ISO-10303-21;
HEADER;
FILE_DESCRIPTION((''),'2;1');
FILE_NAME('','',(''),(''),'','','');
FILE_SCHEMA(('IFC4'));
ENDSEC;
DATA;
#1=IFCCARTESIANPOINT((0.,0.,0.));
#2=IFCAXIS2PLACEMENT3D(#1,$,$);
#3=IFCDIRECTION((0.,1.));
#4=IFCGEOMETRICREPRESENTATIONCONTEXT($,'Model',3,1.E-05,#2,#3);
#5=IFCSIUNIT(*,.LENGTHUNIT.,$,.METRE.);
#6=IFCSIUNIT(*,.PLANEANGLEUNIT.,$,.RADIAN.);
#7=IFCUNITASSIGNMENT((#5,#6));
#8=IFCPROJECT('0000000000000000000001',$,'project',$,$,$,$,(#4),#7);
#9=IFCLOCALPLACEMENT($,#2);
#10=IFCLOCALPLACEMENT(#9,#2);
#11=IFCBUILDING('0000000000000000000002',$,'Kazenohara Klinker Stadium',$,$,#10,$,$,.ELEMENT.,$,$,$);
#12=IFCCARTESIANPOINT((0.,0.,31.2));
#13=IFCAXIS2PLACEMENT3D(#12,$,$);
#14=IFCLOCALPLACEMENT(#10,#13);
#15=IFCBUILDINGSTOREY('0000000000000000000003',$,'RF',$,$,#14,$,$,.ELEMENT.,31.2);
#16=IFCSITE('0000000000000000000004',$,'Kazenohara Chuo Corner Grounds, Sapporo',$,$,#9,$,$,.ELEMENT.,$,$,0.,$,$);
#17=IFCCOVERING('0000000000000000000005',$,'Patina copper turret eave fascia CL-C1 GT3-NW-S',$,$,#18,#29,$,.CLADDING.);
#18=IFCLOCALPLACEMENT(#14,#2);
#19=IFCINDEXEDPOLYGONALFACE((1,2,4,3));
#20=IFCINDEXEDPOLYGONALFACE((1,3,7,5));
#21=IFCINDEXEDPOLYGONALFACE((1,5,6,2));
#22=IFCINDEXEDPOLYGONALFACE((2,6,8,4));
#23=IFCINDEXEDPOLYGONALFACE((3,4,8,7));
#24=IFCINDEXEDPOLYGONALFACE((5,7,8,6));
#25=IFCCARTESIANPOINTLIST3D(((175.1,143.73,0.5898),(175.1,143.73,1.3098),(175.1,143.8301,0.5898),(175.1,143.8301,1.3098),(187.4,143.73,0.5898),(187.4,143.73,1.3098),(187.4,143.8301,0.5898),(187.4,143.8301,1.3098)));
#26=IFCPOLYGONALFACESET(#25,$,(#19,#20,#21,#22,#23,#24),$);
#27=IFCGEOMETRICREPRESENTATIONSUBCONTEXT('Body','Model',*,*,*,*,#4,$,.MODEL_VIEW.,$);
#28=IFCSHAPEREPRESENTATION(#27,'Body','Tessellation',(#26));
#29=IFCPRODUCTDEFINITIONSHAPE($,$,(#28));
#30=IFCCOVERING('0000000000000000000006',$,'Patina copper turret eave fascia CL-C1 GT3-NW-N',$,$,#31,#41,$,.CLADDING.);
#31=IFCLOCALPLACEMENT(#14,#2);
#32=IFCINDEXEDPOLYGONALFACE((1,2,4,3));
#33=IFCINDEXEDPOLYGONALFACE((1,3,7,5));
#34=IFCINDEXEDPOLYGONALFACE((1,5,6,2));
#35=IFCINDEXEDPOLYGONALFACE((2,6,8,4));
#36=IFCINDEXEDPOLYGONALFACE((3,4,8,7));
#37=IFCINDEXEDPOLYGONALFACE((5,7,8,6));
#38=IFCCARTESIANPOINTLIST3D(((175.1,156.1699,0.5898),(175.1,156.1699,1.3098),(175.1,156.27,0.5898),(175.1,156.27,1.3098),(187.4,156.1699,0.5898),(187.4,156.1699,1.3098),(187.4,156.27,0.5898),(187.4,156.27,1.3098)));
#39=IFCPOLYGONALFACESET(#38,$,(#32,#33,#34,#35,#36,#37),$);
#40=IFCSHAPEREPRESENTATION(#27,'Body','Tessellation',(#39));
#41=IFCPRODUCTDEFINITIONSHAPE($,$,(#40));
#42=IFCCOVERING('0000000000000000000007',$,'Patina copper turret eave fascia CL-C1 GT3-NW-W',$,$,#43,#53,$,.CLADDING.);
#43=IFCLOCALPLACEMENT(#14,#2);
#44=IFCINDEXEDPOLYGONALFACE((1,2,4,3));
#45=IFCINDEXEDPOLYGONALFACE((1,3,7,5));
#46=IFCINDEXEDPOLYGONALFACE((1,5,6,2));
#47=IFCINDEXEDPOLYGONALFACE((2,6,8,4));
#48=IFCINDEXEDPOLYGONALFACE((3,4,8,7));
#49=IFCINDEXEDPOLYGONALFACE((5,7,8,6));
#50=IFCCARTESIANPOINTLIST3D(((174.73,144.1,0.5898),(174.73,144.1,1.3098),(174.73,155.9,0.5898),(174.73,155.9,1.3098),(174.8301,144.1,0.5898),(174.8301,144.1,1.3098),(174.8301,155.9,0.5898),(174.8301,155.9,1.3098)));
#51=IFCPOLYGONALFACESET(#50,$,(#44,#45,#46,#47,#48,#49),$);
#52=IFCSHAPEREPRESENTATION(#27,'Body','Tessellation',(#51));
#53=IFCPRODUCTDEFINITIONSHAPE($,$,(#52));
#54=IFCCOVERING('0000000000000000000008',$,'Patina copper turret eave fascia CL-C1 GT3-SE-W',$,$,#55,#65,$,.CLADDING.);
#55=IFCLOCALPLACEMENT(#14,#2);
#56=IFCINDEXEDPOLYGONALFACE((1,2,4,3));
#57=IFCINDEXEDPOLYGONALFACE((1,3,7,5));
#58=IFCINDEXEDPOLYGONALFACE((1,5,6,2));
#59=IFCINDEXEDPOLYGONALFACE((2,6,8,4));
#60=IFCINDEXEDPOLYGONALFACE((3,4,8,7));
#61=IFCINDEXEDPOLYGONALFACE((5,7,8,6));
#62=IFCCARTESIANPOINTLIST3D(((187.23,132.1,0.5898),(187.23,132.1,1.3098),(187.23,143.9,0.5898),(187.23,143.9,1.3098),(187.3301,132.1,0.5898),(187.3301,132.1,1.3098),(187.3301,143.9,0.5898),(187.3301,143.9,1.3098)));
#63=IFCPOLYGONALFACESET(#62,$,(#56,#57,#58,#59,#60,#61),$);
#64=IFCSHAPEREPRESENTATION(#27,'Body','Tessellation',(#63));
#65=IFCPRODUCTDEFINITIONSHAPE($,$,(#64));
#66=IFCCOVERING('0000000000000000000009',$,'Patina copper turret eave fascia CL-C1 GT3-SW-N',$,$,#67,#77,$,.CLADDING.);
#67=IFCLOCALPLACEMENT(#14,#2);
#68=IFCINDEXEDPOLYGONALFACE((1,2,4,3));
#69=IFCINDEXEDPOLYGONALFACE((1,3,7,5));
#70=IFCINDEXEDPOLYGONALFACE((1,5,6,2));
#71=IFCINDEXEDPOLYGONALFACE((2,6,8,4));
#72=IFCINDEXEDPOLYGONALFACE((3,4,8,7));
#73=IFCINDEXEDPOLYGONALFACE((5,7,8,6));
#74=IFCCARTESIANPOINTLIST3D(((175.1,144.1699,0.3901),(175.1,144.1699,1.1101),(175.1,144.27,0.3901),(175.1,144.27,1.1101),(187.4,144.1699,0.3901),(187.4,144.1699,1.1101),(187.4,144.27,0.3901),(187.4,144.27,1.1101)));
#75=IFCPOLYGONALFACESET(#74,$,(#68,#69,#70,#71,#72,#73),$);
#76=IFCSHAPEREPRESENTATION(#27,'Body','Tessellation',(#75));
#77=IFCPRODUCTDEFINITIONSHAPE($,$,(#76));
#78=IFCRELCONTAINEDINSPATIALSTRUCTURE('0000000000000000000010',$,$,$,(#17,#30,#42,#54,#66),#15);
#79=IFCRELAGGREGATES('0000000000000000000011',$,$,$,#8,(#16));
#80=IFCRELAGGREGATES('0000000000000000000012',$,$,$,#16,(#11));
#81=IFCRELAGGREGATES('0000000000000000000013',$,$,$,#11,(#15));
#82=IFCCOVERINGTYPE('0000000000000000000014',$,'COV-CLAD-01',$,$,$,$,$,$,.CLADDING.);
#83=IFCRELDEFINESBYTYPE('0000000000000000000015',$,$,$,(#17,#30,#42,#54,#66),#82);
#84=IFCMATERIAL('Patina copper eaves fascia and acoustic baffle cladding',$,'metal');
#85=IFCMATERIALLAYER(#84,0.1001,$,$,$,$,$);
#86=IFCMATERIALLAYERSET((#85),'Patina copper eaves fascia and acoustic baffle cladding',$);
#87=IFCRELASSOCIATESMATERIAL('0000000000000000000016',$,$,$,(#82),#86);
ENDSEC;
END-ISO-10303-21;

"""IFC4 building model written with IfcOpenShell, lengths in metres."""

from ifc_helpers import new_model, si_unit, direction, frame, origin, origin_2d, place, context, subcontext, project, spatial, rectangle, extrude, material, layer, layer_set, type_object, element, save


model = new_model("IFC4")

# Units and contexts
model_context = context("Model", 3, precision=1e-05, world=origin(), true_north=direction((0.0, 1.0)))
body_context = subcontext(model_context, "Body", "Model", "MODEL_VIEW")
ifc_project = project(units=[si_unit("LENGTHUNIT", "METRE"), si_unit("PLANEANGLEUNIT", "RADIAN")], contexts=[model_context])

# Site, building, storey
site_placement = place(None, origin())
site = spatial("IfcSite", under=ifc_project, at=site_placement, Name="Kazenohara Chuo Corner Grounds, Sapporo", CompositionType="ELEMENT", RefElevation=0.0)
building_placement = place(site_placement, origin())
building = spatial("IfcBuilding", under=site, at=building_placement, Name="Kazenohara Klinker Stadium", CompositionType="ELEMENT")
storey_placement = place(building_placement, frame((0.0, 0.0, 31.2)))
storey = spatial("IfcBuildingStorey", under=building, at=storey_placement, Name="RF", CompositionType="ELEMENT", Elevation=31.2)

# Coverings
ifc_material_1 = material(Name="Patina copper eaves fascia and acoustic baffle cladding", Category="metal")
ifc_layer_1 = layer(ifc_material_1, 0.1001)
ifc_layer_set_1 = layer_set([ifc_layer_1], Name="Patina copper eaves fascia and acoustic baffle cladding")
covering_type = type_object("IfcCoveringType", Name="COV-CLAD-01", PredefinedType="CLADDING", material=ifc_layer_set_1)
for number, where, z_axis, x_axis, name in (
    (1, (181.25, 143.78, 0.5898), (0.0, 0.0, 1.0), (1.0, 0.0, 0.0), "Patina copper turret eave fascia CL-C1 GT3-NW-S"),
    (2, (181.25, 156.22, 0.5898), (0.0, 0.0, 1.0), (1.0, 0.0, 0.0), "Patina copper turret eave fascia CL-C1 GT3-NW-N"),
):
    element("IfcCovering", number, at=place(storey_placement, frame(where, z_axis=z_axis, x_axis=x_axis)), inside=storey, type_object=covering_type, Name=name, PredefinedType="CLADDING", context=body_context, shape_type="SweptSolid", body=[
        extrude(rectangle(XDim=12.3, YDim=0.1001, at=origin_2d()), origin(), (0.0, 0.0, 1.0), 0.72),
    ])
for number, where, z_axis, x_axis, name in (
    (3, (174.78, 150.0, 0.5898), (0.0, 0.0, 1.0), (1.0, 0.0, 0.0), "Patina copper turret eave fascia CL-C1 GT3-NW-W"),
    (4, (187.28, 138.0, 0.5898), (0.0, 0.0, 1.0), (1.0, 0.0, 0.0), "Patina copper turret eave fascia CL-C1 GT3-SE-W"),
):
    element("IfcCovering", number, at=place(storey_placement, frame(where, z_axis=z_axis, x_axis=x_axis)), inside=storey, type_object=covering_type, Name=name, PredefinedType="CLADDING", context=body_context, shape_type="SweptSolid", body=[
        extrude(rectangle(XDim=0.1001, YDim=11.8, at=origin_2d()), origin(), (0.0, 0.0, 1.0), 0.72),
    ])
covering_1_placement = place(storey_placement, frame((181.25, 144.22, 0.3901), z_axis=(0.0, 0.0, 1.0), x_axis=(1.0, 0.0, 0.0)))
element("IfcCovering", 5, at=covering_1_placement, inside=storey, type_object=covering_type, Name="Patina copper turret eave fascia CL-C1 GT3-SW-N", PredefinedType="CLADDING", context=body_context, shape_type="SweptSolid", body=[
    extrude(rectangle(XDim=12.3, YDim=0.1001, at=origin_2d()), origin(), (0.0, 0.0, 1.0), 0.72),
])

save(model, "model.ifc")
